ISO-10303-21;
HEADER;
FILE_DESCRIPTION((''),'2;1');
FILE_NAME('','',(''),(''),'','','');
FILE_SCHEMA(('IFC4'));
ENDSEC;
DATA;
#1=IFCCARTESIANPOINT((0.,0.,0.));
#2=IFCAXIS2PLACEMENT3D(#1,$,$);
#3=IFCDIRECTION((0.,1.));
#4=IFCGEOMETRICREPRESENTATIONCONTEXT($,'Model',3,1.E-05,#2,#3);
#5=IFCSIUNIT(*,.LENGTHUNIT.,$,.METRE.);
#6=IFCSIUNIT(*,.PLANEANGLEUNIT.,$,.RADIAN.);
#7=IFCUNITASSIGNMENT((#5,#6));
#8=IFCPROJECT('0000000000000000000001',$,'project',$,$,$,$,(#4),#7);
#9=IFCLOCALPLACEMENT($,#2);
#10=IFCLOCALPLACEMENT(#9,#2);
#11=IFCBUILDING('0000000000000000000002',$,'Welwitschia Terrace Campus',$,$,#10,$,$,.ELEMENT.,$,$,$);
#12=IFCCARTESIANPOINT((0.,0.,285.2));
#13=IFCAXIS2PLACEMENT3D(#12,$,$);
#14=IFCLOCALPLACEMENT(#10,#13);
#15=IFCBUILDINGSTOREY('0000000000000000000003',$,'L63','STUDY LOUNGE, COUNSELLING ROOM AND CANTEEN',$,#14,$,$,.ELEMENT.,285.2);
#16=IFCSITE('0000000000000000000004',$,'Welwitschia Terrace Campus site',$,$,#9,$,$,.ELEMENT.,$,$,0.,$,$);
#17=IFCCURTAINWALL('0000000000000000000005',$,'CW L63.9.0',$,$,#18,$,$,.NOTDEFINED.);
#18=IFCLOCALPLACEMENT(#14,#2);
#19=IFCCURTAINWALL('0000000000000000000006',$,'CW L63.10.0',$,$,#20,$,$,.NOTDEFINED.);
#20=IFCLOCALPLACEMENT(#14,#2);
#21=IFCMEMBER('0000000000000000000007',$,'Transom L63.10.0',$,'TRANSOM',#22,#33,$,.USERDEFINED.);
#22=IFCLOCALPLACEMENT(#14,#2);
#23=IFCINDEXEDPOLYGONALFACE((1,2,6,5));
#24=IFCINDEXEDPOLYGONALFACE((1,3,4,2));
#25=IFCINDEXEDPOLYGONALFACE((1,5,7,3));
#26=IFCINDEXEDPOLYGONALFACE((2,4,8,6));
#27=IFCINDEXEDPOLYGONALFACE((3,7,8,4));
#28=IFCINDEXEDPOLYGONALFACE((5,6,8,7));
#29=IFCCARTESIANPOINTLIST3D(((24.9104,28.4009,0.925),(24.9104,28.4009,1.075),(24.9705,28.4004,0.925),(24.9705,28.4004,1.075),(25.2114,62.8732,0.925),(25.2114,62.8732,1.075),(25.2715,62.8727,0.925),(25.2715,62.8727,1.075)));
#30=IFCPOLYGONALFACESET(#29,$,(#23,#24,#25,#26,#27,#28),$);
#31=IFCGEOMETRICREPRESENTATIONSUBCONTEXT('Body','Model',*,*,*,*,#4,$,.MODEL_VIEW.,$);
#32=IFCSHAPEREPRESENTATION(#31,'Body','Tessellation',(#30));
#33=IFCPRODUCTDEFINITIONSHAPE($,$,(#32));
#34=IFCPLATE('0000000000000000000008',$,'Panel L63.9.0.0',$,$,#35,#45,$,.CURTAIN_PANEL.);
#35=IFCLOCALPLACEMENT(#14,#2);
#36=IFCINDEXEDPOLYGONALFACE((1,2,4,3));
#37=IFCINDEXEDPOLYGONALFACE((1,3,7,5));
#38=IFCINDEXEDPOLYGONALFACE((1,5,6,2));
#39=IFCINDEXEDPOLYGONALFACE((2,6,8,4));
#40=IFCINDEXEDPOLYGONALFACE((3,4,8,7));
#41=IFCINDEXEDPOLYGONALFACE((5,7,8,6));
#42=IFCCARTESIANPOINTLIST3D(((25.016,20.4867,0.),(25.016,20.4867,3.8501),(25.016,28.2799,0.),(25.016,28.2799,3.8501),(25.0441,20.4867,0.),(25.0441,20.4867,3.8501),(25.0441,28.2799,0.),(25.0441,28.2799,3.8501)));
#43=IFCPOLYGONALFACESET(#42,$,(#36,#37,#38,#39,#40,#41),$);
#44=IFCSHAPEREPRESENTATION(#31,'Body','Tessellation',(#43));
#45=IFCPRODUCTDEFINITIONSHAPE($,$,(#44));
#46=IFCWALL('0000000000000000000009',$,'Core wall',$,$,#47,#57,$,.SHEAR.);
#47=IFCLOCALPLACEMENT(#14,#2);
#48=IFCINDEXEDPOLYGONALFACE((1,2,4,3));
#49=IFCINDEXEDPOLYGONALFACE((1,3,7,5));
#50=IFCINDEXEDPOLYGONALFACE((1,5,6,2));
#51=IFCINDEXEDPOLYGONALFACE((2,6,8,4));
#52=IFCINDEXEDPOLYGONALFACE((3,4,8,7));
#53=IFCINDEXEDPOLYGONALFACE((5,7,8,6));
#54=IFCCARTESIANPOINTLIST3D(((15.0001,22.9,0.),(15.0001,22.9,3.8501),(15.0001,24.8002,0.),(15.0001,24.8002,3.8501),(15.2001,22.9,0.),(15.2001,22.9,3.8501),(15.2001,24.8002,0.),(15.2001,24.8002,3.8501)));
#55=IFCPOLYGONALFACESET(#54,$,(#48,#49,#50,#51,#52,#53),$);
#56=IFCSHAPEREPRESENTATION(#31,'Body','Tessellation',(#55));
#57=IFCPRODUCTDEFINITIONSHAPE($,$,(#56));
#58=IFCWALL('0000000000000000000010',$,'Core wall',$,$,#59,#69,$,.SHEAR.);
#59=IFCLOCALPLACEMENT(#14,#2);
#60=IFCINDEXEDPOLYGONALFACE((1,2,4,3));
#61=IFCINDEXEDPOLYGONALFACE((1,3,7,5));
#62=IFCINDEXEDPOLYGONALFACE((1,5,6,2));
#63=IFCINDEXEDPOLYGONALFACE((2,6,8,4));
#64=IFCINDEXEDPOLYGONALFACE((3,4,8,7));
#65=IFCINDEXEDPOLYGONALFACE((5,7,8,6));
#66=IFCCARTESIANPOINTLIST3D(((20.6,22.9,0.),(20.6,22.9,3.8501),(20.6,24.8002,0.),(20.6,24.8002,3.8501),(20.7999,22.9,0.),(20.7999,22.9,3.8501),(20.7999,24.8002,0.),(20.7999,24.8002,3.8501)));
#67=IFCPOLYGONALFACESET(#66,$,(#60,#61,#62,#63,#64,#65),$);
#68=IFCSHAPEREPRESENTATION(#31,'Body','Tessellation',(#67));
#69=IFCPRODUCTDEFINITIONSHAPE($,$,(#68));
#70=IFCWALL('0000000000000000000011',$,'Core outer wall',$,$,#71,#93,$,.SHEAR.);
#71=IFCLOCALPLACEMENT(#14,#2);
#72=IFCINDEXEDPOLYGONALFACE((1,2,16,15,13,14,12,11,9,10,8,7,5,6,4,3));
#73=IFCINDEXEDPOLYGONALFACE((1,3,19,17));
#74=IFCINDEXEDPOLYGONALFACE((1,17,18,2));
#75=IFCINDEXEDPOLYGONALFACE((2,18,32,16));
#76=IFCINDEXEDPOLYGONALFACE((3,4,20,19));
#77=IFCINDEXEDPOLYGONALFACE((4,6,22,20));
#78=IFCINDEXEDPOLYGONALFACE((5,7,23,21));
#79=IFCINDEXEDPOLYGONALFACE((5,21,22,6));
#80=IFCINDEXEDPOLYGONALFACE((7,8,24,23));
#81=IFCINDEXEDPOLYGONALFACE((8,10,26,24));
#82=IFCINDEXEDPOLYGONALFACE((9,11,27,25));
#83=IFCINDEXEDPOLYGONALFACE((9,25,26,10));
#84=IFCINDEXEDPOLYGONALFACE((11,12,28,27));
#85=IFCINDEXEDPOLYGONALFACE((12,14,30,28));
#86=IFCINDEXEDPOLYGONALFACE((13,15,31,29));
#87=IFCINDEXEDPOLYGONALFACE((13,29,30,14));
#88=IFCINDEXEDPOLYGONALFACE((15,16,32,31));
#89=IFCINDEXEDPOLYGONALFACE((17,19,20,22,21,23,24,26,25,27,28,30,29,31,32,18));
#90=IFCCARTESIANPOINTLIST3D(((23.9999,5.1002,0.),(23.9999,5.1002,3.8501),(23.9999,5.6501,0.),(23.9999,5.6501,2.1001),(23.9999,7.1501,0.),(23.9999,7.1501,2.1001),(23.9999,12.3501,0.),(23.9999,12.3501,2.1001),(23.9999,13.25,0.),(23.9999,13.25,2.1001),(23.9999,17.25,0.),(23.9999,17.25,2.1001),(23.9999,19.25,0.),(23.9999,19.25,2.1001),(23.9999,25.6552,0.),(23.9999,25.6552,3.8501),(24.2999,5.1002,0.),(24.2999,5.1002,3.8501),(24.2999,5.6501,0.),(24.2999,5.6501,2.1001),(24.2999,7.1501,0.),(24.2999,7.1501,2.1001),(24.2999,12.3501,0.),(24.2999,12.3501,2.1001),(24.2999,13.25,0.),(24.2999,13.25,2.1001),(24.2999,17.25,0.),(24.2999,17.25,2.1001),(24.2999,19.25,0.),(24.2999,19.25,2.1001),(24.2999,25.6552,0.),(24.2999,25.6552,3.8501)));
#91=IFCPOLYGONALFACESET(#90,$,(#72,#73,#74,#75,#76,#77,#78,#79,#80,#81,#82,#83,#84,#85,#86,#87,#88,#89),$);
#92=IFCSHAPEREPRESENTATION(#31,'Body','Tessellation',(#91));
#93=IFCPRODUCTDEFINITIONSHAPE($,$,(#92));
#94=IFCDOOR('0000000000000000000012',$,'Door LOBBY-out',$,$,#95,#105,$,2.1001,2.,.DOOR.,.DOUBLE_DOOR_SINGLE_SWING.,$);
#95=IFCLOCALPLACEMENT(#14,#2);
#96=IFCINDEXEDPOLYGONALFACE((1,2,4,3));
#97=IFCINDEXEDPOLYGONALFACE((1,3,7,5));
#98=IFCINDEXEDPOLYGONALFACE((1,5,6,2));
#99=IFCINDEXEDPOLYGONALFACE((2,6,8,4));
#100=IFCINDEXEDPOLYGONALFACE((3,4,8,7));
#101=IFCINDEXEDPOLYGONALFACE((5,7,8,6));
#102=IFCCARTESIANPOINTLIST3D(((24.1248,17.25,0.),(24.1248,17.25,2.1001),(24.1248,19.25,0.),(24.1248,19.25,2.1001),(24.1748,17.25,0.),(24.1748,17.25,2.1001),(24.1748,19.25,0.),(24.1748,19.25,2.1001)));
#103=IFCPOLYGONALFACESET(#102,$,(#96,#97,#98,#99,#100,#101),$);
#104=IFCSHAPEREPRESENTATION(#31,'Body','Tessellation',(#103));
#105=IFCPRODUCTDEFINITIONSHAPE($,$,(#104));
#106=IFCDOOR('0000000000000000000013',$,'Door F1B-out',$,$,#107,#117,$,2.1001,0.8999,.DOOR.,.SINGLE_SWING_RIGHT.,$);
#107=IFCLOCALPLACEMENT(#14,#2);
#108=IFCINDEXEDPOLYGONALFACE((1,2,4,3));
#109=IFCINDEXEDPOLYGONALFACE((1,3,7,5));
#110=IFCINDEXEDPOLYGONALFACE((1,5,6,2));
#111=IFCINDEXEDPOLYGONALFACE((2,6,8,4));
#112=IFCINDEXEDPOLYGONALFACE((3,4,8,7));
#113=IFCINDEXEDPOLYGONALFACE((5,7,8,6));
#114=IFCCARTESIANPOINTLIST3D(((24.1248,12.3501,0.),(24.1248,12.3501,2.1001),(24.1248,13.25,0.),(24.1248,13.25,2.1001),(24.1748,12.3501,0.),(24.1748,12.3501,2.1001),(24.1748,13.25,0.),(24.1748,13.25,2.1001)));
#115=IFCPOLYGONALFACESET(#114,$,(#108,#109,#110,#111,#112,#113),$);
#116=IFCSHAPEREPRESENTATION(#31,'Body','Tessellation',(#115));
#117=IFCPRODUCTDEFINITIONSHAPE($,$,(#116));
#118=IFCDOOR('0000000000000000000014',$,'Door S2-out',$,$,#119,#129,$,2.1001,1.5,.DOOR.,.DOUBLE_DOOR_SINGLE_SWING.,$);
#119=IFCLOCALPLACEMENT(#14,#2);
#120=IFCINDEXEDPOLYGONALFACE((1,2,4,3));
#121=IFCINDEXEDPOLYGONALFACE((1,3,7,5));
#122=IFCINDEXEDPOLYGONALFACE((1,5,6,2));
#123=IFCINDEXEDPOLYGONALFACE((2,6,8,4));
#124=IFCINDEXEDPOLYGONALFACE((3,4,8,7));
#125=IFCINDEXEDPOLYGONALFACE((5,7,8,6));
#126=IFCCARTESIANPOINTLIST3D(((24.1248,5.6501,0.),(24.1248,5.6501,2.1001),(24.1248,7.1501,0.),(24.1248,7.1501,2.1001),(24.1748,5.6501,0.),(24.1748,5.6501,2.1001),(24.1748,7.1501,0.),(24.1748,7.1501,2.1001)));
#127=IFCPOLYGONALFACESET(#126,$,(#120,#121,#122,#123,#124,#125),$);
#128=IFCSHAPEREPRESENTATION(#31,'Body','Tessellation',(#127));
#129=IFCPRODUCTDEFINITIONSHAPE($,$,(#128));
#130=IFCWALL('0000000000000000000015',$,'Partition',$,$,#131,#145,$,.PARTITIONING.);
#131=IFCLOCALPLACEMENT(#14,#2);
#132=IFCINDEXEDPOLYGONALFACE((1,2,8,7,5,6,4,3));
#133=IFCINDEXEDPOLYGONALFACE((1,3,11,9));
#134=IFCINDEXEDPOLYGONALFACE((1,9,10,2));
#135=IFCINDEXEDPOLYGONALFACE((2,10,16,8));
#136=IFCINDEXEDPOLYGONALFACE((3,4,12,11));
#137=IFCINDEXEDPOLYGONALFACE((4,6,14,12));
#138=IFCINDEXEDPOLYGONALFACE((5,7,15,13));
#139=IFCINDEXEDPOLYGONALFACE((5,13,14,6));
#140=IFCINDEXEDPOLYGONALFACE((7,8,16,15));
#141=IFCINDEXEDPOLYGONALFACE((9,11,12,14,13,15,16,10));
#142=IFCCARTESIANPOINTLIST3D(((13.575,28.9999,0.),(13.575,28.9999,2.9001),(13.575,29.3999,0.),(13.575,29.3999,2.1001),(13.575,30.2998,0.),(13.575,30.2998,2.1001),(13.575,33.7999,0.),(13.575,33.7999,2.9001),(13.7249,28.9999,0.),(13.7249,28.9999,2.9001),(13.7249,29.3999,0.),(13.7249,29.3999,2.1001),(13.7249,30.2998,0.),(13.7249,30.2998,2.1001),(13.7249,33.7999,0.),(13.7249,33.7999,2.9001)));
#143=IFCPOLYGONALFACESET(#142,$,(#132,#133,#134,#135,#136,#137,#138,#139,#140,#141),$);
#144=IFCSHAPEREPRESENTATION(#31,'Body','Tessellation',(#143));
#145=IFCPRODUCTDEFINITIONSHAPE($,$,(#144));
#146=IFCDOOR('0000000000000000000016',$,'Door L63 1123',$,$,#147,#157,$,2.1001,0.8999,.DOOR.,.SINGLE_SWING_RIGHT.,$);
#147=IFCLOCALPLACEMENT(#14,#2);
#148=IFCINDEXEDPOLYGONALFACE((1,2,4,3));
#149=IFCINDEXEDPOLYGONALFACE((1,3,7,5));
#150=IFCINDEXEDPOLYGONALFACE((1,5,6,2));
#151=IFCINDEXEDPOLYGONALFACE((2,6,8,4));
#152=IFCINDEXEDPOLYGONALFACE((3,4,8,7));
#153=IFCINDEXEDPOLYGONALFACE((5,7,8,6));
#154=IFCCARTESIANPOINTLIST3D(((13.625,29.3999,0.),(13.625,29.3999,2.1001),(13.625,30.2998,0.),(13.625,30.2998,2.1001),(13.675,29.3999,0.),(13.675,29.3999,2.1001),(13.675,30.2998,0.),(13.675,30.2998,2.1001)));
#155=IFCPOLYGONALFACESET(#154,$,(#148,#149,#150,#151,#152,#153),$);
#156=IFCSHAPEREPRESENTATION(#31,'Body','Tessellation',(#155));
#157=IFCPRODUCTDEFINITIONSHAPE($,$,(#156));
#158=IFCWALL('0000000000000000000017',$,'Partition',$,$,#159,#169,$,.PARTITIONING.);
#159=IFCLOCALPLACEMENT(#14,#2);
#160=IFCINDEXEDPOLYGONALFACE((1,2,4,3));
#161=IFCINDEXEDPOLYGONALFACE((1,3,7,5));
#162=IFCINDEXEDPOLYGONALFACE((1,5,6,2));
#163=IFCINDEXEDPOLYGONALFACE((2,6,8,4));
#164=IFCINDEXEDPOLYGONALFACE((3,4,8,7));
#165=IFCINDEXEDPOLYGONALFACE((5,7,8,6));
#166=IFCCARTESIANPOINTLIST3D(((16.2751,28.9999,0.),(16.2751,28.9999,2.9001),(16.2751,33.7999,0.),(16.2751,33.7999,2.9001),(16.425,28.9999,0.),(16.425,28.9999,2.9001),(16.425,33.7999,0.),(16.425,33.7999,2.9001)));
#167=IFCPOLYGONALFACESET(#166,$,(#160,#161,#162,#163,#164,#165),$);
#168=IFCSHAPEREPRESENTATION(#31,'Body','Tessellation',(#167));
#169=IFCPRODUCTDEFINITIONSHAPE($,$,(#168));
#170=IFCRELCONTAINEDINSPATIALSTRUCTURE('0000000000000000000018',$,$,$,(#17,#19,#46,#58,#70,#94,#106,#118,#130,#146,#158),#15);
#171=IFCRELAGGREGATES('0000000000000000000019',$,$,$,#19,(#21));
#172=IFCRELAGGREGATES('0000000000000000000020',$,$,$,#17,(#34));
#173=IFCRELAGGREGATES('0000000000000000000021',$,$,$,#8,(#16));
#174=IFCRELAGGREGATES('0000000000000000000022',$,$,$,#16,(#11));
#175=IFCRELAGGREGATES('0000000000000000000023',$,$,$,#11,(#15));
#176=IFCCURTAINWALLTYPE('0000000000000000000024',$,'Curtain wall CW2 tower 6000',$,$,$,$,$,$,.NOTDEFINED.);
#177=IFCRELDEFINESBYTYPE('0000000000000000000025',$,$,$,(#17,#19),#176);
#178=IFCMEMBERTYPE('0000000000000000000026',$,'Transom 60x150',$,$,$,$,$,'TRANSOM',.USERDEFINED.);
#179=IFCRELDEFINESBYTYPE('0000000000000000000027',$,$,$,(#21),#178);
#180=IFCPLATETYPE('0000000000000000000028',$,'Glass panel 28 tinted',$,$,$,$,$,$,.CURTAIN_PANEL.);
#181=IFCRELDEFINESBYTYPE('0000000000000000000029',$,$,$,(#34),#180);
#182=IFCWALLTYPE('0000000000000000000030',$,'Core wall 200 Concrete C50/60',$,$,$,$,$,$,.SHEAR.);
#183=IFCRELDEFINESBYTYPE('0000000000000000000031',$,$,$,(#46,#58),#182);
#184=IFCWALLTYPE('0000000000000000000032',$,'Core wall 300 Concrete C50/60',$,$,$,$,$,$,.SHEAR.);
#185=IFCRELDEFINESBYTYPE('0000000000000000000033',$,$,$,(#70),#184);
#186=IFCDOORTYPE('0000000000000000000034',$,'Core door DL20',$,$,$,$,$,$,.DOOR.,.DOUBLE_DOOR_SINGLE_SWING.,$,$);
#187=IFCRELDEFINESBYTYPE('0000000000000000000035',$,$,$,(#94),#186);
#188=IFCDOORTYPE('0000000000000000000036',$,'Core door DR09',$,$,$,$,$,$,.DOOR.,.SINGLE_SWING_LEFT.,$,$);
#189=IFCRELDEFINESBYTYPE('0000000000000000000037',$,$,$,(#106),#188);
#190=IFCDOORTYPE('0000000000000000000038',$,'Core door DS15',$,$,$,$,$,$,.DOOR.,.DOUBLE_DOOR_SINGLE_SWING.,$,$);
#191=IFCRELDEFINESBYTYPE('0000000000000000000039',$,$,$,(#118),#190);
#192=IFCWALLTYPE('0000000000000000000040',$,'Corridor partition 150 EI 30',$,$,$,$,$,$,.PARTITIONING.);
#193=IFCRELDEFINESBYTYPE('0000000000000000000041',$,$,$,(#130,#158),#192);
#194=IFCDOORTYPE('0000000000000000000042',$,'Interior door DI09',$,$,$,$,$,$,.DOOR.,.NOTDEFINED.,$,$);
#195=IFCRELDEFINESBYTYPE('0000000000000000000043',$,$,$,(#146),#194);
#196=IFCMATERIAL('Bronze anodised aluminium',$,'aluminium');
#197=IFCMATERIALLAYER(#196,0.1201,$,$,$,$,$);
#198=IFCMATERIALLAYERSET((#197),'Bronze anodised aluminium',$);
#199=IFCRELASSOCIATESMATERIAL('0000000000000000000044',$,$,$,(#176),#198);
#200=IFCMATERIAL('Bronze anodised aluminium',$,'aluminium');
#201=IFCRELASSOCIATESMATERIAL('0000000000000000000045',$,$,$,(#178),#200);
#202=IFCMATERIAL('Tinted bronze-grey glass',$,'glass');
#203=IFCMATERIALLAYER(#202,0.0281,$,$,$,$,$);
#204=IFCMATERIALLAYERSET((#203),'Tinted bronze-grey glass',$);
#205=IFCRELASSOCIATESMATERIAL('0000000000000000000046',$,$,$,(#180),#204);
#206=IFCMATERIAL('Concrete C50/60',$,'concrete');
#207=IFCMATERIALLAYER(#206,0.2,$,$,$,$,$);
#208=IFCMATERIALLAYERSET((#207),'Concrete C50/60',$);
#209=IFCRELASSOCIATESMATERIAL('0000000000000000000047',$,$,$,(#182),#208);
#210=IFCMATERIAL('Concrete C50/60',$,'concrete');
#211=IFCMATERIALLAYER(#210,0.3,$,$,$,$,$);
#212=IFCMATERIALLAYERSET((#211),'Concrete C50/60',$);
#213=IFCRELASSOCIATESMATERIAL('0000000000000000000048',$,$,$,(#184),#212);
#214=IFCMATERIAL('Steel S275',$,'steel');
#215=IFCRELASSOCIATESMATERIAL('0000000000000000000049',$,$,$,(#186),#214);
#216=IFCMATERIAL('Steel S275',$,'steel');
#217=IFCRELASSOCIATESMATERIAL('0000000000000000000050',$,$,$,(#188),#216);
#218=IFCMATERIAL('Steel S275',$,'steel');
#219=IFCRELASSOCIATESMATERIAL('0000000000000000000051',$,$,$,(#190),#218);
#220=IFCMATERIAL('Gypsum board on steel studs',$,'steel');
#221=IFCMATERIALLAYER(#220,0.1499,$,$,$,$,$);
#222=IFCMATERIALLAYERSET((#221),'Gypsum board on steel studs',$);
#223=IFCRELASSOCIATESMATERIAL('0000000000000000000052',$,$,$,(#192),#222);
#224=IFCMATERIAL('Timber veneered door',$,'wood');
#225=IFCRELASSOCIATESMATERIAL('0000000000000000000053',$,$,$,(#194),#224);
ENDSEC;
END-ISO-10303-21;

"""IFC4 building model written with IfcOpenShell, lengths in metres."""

from ifc_helpers import new_model, si_unit, direction, frame, frame_2d, origin, origin_2d, place, context, subcontext, project, spatial, rectangle, extrude, material, layer, layer_set, material_profile, profile_set, type_object, element, fill, aggregate, save


model = new_model("IFC4")

# Units and contexts
model_context = context("Model", 3, precision=1e-05, world=origin(), true_north=direction((0.0, 1.0)))
body_context = subcontext(model_context, "Body", "Model", "MODEL_VIEW")
ifc_project = project(units=[si_unit("LENGTHUNIT", "METRE"), si_unit("PLANEANGLEUNIT", "RADIAN")], contexts=[model_context])

# Site, building, storey
site_placement = place(None, origin())
site = spatial("IfcSite", under=ifc_project, at=site_placement, Name="Welwitschia Terrace Campus site", CompositionType="ELEMENT", RefElevation=0.0)
building_placement = place(site_placement, origin())
building = spatial("IfcBuilding", under=site, at=building_placement, Name="Welwitschia Terrace Campus", CompositionType="ELEMENT")
storey_placement = place(building_placement, frame((0.0, 0.0, 285.2)))
storey = spatial("IfcBuildingStorey", under=building, at=storey_placement, Name="L63", Description="STUDY LOUNGE, COUNSELLING ROOM AND CANTEEN", CompositionType="ELEMENT", Elevation=285.2)

# Curtain walls
ifc_material_1 = material(Name="Bronze anodised aluminium", Category="aluminium")
ifc_layer_1 = layer(ifc_material_1, 0.1201)
ifc_layer_set_1 = layer_set([ifc_layer_1], Name="Bronze anodised aluminium")
curtain_wall_type = type_object("IfcCurtainWallType", Name="Curtain wall CW2 tower 6000", PredefinedType="NOTDEFINED", material=ifc_layer_set_1)
curtain_wall_1_placement = place(storey_placement, origin())
curtain_wall_1 = element("IfcCurtainWall", 1, at=curtain_wall_1_placement, inside=storey, type_object=curtain_wall_type, Name="CW L63.9.0", PredefinedType="NOTDEFINED")
curtain_wall_2_placement = place(storey_placement, origin())
curtain_wall_2 = element("IfcCurtainWall", 2, at=curtain_wall_2_placement, inside=storey, type_object=curtain_wall_type, Name="CW L63.10.0", PredefinedType="NOTDEFINED")

# Member
ifc_material_2 = material(Name="Bronze anodised aluminium", Category="aluminium")
ifc_material_profile_1 = material_profile(ifc_material_2, rectangle(XDim=0.0601, YDim=0.1499, at=origin_2d()))
ifc_profile_set_1 = profile_set([ifc_material_profile_1], Name="Bronze anodised aluminium")
member_type_1 = type_object("IfcMemberType", Name="Transom 60x150", ElementType="TRANSOM", PredefinedType="USERDEFINED", material=ifc_profile_set_1)
member_1_placement = place(storey_placement, frame((24.9404, 28.4006, 1.0), z_axis=(0.008732, 0.999962, 0.0), x_axis=(-0.999962, 0.008732, 0.0)))
member_1 = element("IfcMember", 3, at=member_1_placement, type_object=member_type_1, Name="Transom L63.10.0", ObjectType="TRANSOM", PredefinedType="USERDEFINED", context=body_context, shape_type="SweptSolid", body=[
    extrude(rectangle(XDim=0.0601, YDim=0.1499, at=origin_2d()), origin(), (0.0, 0.0, 1.0), 34.4736),
])
aggregate(curtain_wall_2, [member_1])

# Plate
ifc_material_3 = material(Name="Tinted bronze-grey glass", Category="glass")
ifc_layer_2 = layer(ifc_material_3, 0.0281)
ifc_layer_set_2 = layer_set([ifc_layer_2], Name="Tinted bronze-grey glass")
plate_type = type_object("IfcPlateType", Name="Glass panel 28 tinted", PredefinedType="CURTAIN_PANEL", material=ifc_layer_set_2)
plate_placement = place(storey_placement, frame((25.03, 24.3833, 0.0), z_axis=(0.0, 0.0, 1.0), x_axis=(0.0, 1.0, 0.0)))
plate = element("IfcPlate", 4, at=plate_placement, type_object=plate_type, Name="Panel L63.9.0.0", PredefinedType="CURTAIN_PANEL", context=body_context, shape_type="SweptSolid", body=[
    extrude(rectangle(XDim=7.7932, YDim=0.0281, at=origin_2d()), origin(), (0.0, 0.0, 1.0), 3.8501),
])
aggregate(curtain_wall_1, [plate])

# Walls
ifc_material_4 = material(Name="Concrete C50/60", Category="concrete")
ifc_layer_3 = layer(ifc_material_4, 0.2)
ifc_layer_set_3 = layer_set([ifc_layer_3], Name="Concrete C50/60")
wall_type_1 = type_object("IfcWallType", Name="Core wall 200 Concrete C50/60", PredefinedType="SHEAR", material=ifc_layer_set_3)
for number, where, z_axis, x_axis, name in (
    (5, (15.1001, 22.8999, 0.0), (0.0, 0.0, 1.0), (0.0, 1.0, 0.0), "Core wall"),
    (6, (20.7, 22.8999, 0.0), (0.0, 0.0, 1.0), (0.0, 1.0, 0.0), "Core wall"),
):
    element("IfcWall", number, at=place(storey_placement, frame(where, z_axis=z_axis, x_axis=x_axis)), inside=storey, type_object=wall_type_1, Name=name, PredefinedType="SHEAR", context=body_context, shape_type="SweptSolid", body=[
        extrude(rectangle(XDim=1.9001, YDim=0.2, at=frame_2d((0.9502, 0.0))), origin(), (0.0, 0.0, 1.0), 3.8501),
    ])

# Wall, openings, doors
ifc_material_5 = material(Name="Concrete C50/60", Category="concrete")
ifc_layer_4 = layer(ifc_material_5, 0.3)
ifc_layer_set_4 = layer_set([ifc_layer_4], Name="Concrete C50/60")
wall_type_2 = type_object("IfcWallType", Name="Core wall 300 Concrete C50/60", PredefinedType="SHEAR", material=ifc_layer_set_4)
wall_1_placement = place(storey_placement, frame((24.1499, 25.655, 0.0), z_axis=(0.0, 0.0, 1.0), x_axis=(0.0, -1.0, 0.0)))
wall_1 = element("IfcWall", 7, at=wall_1_placement, inside=storey, type_object=wall_type_2, Name="Core outer wall", PredefinedType="SHEAR", context=body_context, shape_type="SweptSolid", body=[
    extrude(rectangle(XDim=20.5549, YDim=0.3, at=frame_2d((10.2773, 0.0))), origin(), (0.0, 0.0, 1.0), 3.8501),
])
opening_1_placement = place(wall_1_placement, frame((18.5049, 0.0, 0.0)))
opening_1 = element("IfcOpeningElement", 8, at=opening_1_placement, cuts=wall_1, PredefinedType="OPENING", context=body_context, shape_type="SweptSolid", body=[
    extrude(rectangle(XDim=1.5, YDim=2.1001, at=frame_2d((0.75, 1.05))), frame((0.0, 0.1599, 0.0), z_axis=(0.0, -1.0, 0.0), x_axis=(1.0, 0.0, 0.0)), (0.0, 0.0, 1.0), 0.3201),
])
opening_2_placement = place(wall_1_placement, frame((12.405, 0.0, 0.0)))
opening_2 = element("IfcOpeningElement", 9, at=opening_2_placement, cuts=wall_1, PredefinedType="OPENING", context=body_context, shape_type="SweptSolid", body=[
    extrude(rectangle(XDim=0.8999, YDim=2.1001, at=frame_2d((0.45, 1.05))), frame((0.0, 0.1599, 0.0), z_axis=(0.0, -1.0, 0.0), x_axis=(1.0, 0.0, 0.0)), (0.0, 0.0, 1.0), 0.3201),
])
opening_3_placement = place(wall_1_placement, frame((6.405, 0.0, 0.0)))
opening_3 = element("IfcOpeningElement", 10, at=opening_3_placement, cuts=wall_1, PredefinedType="OPENING", context=body_context, shape_type="SweptSolid", body=[
    extrude(rectangle(XDim=2.0, YDim=2.1001, at=frame_2d((1.0, 1.05))), frame((0.0, 0.1599, 0.0), z_axis=(0.0, -1.0, 0.0), x_axis=(1.0, 0.0, 0.0)), (0.0, 0.0, 1.0), 0.3201),
])
ifc_material_6 = material(Name="Steel S275", Category="steel")
door_type_1 = type_object("IfcDoorType", Name="Core door DL20", OperationType="DOUBLE_DOOR_SINGLE_SWING", PredefinedType="DOOR", material=ifc_material_6)
door_1_placement = place(opening_3_placement, origin())
door_1 = element("IfcDoor", 11, at=door_1_placement, inside=storey, type_object=door_type_1, Name="Door LOBBY-out", OperationType="DOUBLE_DOOR_SINGLE_SWING", OverallHeight=2.1001, OverallWidth=2.0, PredefinedType="DOOR", context=body_context, shape_type="SweptSolid", body=[
    extrude(rectangle(XDim=2.0, YDim=2.1001, at=frame_2d((1.0, 1.05))), frame((0.0, 0.0249, 0.0), z_axis=(0.0, -1.0, 0.0), x_axis=(1.0, 0.0, 0.0)), (0.0, 0.0, 1.0), 0.05),
])
fill(opening_3, door_1)
ifc_material_7 = material(Name="Steel S275", Category="steel")
door_type_2 = type_object("IfcDoorType", Name="Core door DR09", OperationType="SINGLE_SWING_LEFT", PredefinedType="DOOR", material=ifc_material_7)
door_2_placement = place(opening_2_placement, origin())
door_2 = element("IfcDoor", 12, at=door_2_placement, inside=storey, type_object=door_type_2, Name="Door F1B-out", OperationType="SINGLE_SWING_RIGHT", OverallHeight=2.1001, OverallWidth=0.8999, PredefinedType="DOOR", context=body_context, shape_type="SweptSolid", body=[
    extrude(rectangle(XDim=0.8999, YDim=2.1001, at=frame_2d((0.45, 1.05))), frame((0.0, 0.0249, 0.0), z_axis=(0.0, -1.0, 0.0), x_axis=(1.0, 0.0, 0.0)), (0.0, 0.0, 1.0), 0.05),
])
fill(opening_2, door_2)
ifc_material_8 = material(Name="Steel S275", Category="steel")
door_type_3 = type_object("IfcDoorType", Name="Core door DS15", OperationType="DOUBLE_DOOR_SINGLE_SWING", PredefinedType="DOOR", material=ifc_material_8)
door_3_placement = place(opening_1_placement, origin())
door_3 = element("IfcDoor", 13, at=door_3_placement, inside=storey, type_object=door_type_3, Name="Door S2-out", OperationType="DOUBLE_DOOR_SINGLE_SWING", OverallHeight=2.1001, OverallWidth=1.5, PredefinedType="DOOR", context=body_context, shape_type="SweptSolid", body=[
    extrude(rectangle(XDim=1.5, YDim=2.1001, at=frame_2d((0.75, 1.05))), frame((0.0, 0.0249, 0.0), z_axis=(0.0, -1.0, 0.0), x_axis=(1.0, 0.0, 0.0)), (0.0, 0.0, 1.0), 0.05),
])
fill(opening_1, door_3)

# Wall, opening, door
ifc_material_9 = material(Name="Gypsum board on steel studs", Category="steel")
ifc_layer_5 = layer(ifc_material_9, 0.1499)
ifc_layer_set_5 = layer_set([ifc_layer_5], Name="Gypsum board on steel studs")
wall_type_3 = type_object("IfcWallType", Name="Corridor partition 150 EI 30", PredefinedType="PARTITIONING", material=ifc_layer_set_5)
wall_2_placement = place(storey_placement, frame((13.6499, 29.0, 0.0), z_axis=(0.0, 0.0, 1.0), x_axis=(0.0, 1.0, 0.0)))
wall_2 = element("IfcWall", 14, at=wall_2_placement, inside=storey, type_object=wall_type_3, Name="Partition", PredefinedType="PARTITIONING", context=body_context, shape_type="SweptSolid", body=[
    extrude(rectangle(XDim=4.8, YDim=0.1499, at=frame_2d((2.3999, 0.0))), origin(), (0.0, 0.0, 1.0), 2.9001),
])
opening_4_placement = place(wall_2_placement, frame((0.3999, 0.0, 0.0)))
opening_4 = element("IfcOpeningElement", 15, at=opening_4_placement, cuts=wall_2, PredefinedType="OPENING", context=body_context, shape_type="SweptSolid", body=[
    extrude(rectangle(XDim=0.8999, YDim=2.1001, at=frame_2d((0.45, 1.05))), frame((0.0, 0.085, 0.0), z_axis=(0.0, -1.0, 0.0), x_axis=(1.0, 0.0, 0.0)), (0.0, 0.0, 1.0), 0.1699),
])
ifc_material_10 = material(Name="Timber veneered door", Category="wood")
door_type_4 = type_object("IfcDoorType", Name="Interior door DI09", OperationType="NOTDEFINED", PredefinedType="DOOR", material=ifc_material_10)
door_4_placement = place(opening_4_placement, origin())
door_4 = element("IfcDoor", 16, at=door_4_placement, inside=storey, type_object=door_type_4, Name="Door L63 1123", OperationType="SINGLE_SWING_RIGHT", OverallHeight=2.1001, OverallWidth=0.8999, PredefinedType="DOOR", context=body_context, shape_type="SweptSolid", body=[
    extrude(rectangle(XDim=0.8999, YDim=2.1001, at=frame_2d((0.45, 1.05))), frame((0.0, 0.0249, 0.0), z_axis=(0.0, -1.0, 0.0), x_axis=(1.0, 0.0, 0.0)), (0.0, 0.0, 1.0), 0.05),
])
fill(opening_4, door_4)

# Wall
wall_3_placement = place(storey_placement, frame((16.3501, 29.0, 0.0), z_axis=(0.0, 0.0, 1.0), x_axis=(0.0, 1.0, 0.0)))
element("IfcWall", 17, at=wall_3_placement, inside=storey, type_object=wall_type_3, Name="Partition", PredefinedType="PARTITIONING", context=body_context, shape_type="SweptSolid", body=[
    extrude(rectangle(XDim=4.8, YDim=0.1499, at=frame_2d((2.3999, 0.0))), origin(), (0.0, 0.0, 1.0), 2.9001),
])

save(model, "model.ifc")
